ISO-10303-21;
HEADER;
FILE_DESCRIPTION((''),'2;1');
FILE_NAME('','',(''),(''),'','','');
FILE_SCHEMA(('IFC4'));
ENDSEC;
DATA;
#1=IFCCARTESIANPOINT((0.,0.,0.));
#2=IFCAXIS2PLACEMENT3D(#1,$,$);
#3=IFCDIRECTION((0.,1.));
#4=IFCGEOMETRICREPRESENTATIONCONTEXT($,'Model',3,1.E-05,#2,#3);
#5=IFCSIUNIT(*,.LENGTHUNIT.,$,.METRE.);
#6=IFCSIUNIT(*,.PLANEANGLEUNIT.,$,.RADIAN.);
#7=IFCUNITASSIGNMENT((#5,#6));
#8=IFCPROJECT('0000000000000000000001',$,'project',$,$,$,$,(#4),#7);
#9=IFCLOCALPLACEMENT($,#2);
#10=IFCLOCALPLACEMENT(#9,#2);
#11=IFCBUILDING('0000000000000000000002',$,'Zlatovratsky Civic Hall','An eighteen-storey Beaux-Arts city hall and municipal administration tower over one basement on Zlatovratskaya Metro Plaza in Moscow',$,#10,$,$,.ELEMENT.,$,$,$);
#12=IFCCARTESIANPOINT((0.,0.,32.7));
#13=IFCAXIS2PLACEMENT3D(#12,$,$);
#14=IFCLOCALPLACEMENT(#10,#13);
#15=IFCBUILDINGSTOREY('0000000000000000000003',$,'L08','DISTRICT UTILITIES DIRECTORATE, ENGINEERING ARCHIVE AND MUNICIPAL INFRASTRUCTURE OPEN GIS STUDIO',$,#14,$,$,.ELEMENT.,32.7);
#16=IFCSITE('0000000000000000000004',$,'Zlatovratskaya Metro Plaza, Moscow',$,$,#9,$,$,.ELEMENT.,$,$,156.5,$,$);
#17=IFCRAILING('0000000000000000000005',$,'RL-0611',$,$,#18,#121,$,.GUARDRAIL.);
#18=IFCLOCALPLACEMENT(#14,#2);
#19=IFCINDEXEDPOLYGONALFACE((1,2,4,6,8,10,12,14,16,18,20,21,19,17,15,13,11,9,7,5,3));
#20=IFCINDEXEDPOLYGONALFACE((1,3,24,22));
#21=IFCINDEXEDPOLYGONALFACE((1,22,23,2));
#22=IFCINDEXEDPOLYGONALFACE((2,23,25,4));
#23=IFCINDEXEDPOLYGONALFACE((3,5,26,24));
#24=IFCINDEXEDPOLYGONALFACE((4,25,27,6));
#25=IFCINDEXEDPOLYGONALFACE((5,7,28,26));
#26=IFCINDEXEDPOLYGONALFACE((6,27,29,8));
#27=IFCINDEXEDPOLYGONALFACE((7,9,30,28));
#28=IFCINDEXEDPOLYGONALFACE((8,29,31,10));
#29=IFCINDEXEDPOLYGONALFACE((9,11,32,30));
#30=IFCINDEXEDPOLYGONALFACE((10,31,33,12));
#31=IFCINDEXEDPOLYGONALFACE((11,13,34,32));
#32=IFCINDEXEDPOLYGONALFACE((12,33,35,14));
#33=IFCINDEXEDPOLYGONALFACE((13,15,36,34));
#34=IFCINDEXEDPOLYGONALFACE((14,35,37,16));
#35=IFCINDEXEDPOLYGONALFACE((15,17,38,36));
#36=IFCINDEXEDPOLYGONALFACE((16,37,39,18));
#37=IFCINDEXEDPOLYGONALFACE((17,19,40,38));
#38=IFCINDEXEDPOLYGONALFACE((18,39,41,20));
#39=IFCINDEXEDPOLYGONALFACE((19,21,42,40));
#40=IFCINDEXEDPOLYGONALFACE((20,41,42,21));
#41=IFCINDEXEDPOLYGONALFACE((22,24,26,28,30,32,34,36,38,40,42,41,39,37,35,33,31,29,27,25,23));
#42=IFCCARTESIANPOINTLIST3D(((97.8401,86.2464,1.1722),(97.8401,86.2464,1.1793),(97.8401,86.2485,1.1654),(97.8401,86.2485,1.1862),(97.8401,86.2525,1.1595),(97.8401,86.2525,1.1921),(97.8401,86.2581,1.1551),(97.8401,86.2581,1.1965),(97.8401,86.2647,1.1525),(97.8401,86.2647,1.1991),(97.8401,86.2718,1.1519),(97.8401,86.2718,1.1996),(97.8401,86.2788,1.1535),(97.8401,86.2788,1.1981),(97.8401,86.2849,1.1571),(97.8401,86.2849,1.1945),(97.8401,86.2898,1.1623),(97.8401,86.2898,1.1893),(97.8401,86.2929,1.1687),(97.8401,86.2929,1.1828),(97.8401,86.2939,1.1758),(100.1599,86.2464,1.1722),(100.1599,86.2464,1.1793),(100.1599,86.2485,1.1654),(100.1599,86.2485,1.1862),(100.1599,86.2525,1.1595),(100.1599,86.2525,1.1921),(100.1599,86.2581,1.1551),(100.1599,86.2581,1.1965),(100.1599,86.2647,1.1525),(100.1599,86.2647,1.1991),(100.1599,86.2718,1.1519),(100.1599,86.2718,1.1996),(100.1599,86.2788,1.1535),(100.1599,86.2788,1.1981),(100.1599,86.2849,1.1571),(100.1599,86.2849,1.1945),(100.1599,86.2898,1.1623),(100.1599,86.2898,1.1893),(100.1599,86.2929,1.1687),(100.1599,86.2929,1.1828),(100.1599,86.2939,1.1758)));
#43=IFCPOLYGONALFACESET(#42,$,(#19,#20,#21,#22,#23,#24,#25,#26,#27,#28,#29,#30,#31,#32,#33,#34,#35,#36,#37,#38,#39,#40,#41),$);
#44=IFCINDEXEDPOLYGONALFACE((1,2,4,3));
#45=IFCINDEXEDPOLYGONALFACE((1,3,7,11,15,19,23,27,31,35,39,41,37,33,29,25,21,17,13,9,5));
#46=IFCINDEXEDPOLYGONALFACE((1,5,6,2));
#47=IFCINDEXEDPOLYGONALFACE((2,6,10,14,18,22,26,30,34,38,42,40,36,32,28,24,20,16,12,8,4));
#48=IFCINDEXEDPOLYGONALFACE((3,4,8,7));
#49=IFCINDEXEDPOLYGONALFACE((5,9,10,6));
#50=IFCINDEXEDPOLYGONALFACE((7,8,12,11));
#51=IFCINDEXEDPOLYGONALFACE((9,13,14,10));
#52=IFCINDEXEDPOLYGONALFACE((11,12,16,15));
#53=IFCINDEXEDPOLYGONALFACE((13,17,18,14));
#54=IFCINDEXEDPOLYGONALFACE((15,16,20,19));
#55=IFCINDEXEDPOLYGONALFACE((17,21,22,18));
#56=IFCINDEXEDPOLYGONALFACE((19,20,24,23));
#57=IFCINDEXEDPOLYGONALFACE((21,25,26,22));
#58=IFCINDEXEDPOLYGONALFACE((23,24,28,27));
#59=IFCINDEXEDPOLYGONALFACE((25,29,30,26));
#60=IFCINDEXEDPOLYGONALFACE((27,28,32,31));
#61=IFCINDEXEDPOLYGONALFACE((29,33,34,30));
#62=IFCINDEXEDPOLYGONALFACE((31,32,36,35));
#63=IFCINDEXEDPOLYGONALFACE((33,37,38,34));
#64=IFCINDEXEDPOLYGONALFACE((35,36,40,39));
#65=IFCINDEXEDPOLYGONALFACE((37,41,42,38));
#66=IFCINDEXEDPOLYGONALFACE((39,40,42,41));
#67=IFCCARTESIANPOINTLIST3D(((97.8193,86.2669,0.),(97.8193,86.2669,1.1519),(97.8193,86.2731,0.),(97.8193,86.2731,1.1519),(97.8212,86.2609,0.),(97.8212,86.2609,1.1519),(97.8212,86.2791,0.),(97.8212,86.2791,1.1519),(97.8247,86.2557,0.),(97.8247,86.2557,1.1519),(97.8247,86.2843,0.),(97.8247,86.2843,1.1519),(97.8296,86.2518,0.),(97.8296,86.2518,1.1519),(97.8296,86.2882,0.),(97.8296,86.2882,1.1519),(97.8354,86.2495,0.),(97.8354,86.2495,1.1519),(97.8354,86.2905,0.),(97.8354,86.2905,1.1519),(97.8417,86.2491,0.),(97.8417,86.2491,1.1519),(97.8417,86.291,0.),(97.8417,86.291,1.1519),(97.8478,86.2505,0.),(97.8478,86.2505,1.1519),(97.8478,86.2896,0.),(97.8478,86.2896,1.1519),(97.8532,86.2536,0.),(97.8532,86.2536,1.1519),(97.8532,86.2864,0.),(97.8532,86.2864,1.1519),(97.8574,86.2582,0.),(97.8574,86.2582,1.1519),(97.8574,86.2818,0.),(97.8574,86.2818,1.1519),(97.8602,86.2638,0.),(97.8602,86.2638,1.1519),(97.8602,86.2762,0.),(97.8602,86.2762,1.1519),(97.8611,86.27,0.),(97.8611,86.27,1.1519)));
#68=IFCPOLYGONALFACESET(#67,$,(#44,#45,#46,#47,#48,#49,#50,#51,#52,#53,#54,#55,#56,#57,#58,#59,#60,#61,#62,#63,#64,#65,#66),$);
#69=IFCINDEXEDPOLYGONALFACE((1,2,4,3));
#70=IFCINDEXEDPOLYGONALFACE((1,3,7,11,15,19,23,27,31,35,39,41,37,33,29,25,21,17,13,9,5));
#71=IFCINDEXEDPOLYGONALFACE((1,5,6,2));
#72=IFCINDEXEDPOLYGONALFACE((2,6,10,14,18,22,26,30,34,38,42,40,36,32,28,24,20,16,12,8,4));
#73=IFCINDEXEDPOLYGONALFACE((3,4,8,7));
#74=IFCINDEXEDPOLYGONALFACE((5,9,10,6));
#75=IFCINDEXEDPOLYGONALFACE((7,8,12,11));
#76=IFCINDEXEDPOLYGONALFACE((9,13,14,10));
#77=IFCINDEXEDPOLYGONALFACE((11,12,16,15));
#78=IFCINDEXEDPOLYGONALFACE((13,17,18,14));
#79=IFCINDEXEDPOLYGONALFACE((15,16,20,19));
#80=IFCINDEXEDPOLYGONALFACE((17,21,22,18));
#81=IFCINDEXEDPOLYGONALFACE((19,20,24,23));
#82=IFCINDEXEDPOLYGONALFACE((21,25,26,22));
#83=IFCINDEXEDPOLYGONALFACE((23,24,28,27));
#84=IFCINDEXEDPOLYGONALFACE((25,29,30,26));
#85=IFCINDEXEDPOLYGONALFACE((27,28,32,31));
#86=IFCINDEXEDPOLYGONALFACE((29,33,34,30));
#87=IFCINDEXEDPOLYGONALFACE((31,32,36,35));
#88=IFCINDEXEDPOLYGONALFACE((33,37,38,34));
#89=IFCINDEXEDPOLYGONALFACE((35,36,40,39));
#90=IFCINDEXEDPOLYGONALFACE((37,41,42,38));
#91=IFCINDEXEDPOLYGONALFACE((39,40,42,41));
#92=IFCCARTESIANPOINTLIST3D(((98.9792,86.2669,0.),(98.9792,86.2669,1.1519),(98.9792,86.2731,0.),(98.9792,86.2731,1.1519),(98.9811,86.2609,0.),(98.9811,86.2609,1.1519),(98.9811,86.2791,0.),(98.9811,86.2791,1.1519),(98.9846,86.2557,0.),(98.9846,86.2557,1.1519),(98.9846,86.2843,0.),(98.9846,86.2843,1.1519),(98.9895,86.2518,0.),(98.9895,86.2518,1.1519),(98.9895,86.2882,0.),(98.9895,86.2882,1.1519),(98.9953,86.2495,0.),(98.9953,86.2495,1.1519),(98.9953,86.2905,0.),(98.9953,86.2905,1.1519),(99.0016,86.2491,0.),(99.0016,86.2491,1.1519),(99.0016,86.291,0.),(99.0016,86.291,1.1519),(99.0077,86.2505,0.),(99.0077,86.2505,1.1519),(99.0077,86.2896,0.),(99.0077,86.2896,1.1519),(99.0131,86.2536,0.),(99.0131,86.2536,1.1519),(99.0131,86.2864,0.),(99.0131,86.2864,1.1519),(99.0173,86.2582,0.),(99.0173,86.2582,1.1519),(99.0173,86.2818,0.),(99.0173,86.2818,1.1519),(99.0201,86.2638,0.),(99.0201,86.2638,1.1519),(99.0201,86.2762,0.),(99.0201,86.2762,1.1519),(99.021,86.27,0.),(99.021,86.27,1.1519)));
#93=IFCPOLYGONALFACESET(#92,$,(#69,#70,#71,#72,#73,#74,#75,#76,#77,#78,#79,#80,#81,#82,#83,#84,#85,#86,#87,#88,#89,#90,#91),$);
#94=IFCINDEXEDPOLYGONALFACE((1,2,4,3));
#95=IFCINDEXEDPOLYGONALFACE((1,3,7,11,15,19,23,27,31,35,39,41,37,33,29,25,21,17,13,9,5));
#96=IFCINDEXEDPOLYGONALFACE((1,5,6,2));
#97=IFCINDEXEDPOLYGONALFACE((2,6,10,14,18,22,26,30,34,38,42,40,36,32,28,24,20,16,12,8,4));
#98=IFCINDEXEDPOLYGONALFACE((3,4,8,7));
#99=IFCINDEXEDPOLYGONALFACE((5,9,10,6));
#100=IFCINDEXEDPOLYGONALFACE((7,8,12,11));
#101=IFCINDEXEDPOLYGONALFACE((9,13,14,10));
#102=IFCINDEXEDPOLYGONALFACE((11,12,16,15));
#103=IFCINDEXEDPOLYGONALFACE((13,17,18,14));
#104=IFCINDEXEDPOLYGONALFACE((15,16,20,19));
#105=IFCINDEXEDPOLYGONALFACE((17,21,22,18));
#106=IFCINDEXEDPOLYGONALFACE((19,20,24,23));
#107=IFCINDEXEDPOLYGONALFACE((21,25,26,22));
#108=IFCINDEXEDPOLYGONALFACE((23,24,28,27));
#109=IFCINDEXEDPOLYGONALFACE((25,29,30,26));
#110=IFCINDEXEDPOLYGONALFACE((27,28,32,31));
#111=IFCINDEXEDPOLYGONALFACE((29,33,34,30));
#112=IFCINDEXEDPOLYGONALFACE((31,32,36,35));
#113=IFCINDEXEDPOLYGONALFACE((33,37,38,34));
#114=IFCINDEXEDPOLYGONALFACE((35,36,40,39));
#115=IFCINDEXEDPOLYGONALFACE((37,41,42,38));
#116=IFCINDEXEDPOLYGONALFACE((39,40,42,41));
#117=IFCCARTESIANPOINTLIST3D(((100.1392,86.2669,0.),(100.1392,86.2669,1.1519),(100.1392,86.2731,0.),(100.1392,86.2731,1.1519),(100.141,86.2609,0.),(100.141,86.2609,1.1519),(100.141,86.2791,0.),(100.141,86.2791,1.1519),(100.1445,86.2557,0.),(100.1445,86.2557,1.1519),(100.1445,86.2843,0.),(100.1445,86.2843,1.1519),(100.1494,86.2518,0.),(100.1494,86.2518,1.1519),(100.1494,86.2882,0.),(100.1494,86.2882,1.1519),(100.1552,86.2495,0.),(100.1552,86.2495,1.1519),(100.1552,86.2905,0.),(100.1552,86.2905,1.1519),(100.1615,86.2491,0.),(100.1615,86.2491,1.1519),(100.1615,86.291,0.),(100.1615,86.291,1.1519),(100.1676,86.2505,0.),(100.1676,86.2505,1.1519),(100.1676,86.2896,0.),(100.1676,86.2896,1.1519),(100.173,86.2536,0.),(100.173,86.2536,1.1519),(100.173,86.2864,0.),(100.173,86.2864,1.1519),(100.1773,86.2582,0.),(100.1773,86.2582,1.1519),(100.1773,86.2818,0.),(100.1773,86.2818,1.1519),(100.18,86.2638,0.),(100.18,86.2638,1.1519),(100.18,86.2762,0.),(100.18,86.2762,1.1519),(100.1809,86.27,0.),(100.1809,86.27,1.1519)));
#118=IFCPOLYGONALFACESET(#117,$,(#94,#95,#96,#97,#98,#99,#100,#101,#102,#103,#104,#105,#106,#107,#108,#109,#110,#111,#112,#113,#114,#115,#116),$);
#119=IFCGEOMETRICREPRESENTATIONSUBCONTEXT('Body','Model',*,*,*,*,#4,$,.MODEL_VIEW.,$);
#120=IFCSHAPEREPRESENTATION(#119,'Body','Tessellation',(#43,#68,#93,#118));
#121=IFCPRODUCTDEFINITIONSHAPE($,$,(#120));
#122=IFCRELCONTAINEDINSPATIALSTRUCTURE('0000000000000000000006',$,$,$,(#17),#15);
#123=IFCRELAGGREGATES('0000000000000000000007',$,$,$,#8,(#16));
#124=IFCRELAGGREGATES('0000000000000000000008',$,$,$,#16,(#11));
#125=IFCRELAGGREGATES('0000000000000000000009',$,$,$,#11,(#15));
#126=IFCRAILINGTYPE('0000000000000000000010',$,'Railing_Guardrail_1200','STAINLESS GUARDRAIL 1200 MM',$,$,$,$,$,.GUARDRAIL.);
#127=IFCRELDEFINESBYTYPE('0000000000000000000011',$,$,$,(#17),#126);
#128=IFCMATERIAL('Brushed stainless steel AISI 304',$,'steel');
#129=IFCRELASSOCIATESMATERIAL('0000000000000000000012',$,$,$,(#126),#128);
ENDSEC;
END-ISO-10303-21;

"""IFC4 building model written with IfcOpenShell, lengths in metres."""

from ifc_helpers import new_model, si_unit, direction, frame, origin, origin_2d, place, context, subcontext, project, spatial, circle, extrude, material, type_object, element, save


model = new_model("IFC4")

# Units and contexts
model_context = context("Model", 3, precision=1e-05, world=origin(), true_north=direction((0.0, 1.0)))
body_context = subcontext(model_context, "Body", "Model", "MODEL_VIEW")
ifc_project = project(units=[si_unit("LENGTHUNIT", "METRE"), si_unit("PLANEANGLEUNIT", "RADIAN")], contexts=[model_context])

# Site, building, storey
site_placement = place(None, origin())
site = spatial("IfcSite", under=ifc_project, at=site_placement, Name="Zlatovratskaya Metro Plaza, Moscow", CompositionType="ELEMENT", RefElevation=156.5)
building_placement = place(site_placement, origin())
building = spatial("IfcBuilding", under=site, at=building_placement, Name="Zlatovratsky Civic Hall", Description="An eighteen-storey Beaux-Arts city hall and municipal administration tower over one basement on Zlatovratskaya Metro Plaza in Moscow", CompositionType="ELEMENT")
storey_placement = place(building_placement, frame((0.0, 0.0, 32.7)))
storey = spatial("IfcBuildingStorey", under=building, at=storey_placement, Name="L08", Description="DISTRICT UTILITIES DIRECTORATE, ENGINEERING ARCHIVE AND MUNICIPAL INFRASTRUCTURE OPEN GIS STUDIO", CompositionType="ELEMENT", Elevation=32.7)

# Railing
ifc_material_1 = material(Name="Brushed stainless steel AISI 304", Category="steel")
railing_type_1 = type_object("IfcRailingType", Name="Railing_Guardrail_1200", Description="STAINLESS GUARDRAIL 1200 MM", PredefinedType="GUARDRAIL", material=ifc_material_1)
railing_1_placement = place(storey_placement, frame((97.8401, 86.27, 0.0)))
element("IfcRailing", 1, at=railing_1_placement, inside=storey, type_object=railing_type_1, Name="RL-0611", PredefinedType="GUARDRAIL", context=body_context, shape_type="SweptSolid", body=[
    extrude(circle(Radius=0.0239, at=origin_2d()), frame((0.0, 0.0, 1.1758), z_axis=(1.0, 0.0, 0.0), x_axis=(0.0, 1.0, 0.0)), (0.0, 0.0, 1.0), 2.3198),
    extrude(circle(Radius=0.021, at=origin_2d()), origin(), (0.0, 0.0, 1.0), 1.1519),
    extrude(circle(Radius=0.021, at=origin_2d()), frame((1.1599, 0.0, 0.0)), (0.0, 0.0, 1.0), 1.1519),
    extrude(circle(Radius=0.021, at=origin_2d()), frame((2.3198, 0.0, 0.0)), (0.0, 0.0, 1.0), 1.1519),
])

save(model, "model.ifc")
